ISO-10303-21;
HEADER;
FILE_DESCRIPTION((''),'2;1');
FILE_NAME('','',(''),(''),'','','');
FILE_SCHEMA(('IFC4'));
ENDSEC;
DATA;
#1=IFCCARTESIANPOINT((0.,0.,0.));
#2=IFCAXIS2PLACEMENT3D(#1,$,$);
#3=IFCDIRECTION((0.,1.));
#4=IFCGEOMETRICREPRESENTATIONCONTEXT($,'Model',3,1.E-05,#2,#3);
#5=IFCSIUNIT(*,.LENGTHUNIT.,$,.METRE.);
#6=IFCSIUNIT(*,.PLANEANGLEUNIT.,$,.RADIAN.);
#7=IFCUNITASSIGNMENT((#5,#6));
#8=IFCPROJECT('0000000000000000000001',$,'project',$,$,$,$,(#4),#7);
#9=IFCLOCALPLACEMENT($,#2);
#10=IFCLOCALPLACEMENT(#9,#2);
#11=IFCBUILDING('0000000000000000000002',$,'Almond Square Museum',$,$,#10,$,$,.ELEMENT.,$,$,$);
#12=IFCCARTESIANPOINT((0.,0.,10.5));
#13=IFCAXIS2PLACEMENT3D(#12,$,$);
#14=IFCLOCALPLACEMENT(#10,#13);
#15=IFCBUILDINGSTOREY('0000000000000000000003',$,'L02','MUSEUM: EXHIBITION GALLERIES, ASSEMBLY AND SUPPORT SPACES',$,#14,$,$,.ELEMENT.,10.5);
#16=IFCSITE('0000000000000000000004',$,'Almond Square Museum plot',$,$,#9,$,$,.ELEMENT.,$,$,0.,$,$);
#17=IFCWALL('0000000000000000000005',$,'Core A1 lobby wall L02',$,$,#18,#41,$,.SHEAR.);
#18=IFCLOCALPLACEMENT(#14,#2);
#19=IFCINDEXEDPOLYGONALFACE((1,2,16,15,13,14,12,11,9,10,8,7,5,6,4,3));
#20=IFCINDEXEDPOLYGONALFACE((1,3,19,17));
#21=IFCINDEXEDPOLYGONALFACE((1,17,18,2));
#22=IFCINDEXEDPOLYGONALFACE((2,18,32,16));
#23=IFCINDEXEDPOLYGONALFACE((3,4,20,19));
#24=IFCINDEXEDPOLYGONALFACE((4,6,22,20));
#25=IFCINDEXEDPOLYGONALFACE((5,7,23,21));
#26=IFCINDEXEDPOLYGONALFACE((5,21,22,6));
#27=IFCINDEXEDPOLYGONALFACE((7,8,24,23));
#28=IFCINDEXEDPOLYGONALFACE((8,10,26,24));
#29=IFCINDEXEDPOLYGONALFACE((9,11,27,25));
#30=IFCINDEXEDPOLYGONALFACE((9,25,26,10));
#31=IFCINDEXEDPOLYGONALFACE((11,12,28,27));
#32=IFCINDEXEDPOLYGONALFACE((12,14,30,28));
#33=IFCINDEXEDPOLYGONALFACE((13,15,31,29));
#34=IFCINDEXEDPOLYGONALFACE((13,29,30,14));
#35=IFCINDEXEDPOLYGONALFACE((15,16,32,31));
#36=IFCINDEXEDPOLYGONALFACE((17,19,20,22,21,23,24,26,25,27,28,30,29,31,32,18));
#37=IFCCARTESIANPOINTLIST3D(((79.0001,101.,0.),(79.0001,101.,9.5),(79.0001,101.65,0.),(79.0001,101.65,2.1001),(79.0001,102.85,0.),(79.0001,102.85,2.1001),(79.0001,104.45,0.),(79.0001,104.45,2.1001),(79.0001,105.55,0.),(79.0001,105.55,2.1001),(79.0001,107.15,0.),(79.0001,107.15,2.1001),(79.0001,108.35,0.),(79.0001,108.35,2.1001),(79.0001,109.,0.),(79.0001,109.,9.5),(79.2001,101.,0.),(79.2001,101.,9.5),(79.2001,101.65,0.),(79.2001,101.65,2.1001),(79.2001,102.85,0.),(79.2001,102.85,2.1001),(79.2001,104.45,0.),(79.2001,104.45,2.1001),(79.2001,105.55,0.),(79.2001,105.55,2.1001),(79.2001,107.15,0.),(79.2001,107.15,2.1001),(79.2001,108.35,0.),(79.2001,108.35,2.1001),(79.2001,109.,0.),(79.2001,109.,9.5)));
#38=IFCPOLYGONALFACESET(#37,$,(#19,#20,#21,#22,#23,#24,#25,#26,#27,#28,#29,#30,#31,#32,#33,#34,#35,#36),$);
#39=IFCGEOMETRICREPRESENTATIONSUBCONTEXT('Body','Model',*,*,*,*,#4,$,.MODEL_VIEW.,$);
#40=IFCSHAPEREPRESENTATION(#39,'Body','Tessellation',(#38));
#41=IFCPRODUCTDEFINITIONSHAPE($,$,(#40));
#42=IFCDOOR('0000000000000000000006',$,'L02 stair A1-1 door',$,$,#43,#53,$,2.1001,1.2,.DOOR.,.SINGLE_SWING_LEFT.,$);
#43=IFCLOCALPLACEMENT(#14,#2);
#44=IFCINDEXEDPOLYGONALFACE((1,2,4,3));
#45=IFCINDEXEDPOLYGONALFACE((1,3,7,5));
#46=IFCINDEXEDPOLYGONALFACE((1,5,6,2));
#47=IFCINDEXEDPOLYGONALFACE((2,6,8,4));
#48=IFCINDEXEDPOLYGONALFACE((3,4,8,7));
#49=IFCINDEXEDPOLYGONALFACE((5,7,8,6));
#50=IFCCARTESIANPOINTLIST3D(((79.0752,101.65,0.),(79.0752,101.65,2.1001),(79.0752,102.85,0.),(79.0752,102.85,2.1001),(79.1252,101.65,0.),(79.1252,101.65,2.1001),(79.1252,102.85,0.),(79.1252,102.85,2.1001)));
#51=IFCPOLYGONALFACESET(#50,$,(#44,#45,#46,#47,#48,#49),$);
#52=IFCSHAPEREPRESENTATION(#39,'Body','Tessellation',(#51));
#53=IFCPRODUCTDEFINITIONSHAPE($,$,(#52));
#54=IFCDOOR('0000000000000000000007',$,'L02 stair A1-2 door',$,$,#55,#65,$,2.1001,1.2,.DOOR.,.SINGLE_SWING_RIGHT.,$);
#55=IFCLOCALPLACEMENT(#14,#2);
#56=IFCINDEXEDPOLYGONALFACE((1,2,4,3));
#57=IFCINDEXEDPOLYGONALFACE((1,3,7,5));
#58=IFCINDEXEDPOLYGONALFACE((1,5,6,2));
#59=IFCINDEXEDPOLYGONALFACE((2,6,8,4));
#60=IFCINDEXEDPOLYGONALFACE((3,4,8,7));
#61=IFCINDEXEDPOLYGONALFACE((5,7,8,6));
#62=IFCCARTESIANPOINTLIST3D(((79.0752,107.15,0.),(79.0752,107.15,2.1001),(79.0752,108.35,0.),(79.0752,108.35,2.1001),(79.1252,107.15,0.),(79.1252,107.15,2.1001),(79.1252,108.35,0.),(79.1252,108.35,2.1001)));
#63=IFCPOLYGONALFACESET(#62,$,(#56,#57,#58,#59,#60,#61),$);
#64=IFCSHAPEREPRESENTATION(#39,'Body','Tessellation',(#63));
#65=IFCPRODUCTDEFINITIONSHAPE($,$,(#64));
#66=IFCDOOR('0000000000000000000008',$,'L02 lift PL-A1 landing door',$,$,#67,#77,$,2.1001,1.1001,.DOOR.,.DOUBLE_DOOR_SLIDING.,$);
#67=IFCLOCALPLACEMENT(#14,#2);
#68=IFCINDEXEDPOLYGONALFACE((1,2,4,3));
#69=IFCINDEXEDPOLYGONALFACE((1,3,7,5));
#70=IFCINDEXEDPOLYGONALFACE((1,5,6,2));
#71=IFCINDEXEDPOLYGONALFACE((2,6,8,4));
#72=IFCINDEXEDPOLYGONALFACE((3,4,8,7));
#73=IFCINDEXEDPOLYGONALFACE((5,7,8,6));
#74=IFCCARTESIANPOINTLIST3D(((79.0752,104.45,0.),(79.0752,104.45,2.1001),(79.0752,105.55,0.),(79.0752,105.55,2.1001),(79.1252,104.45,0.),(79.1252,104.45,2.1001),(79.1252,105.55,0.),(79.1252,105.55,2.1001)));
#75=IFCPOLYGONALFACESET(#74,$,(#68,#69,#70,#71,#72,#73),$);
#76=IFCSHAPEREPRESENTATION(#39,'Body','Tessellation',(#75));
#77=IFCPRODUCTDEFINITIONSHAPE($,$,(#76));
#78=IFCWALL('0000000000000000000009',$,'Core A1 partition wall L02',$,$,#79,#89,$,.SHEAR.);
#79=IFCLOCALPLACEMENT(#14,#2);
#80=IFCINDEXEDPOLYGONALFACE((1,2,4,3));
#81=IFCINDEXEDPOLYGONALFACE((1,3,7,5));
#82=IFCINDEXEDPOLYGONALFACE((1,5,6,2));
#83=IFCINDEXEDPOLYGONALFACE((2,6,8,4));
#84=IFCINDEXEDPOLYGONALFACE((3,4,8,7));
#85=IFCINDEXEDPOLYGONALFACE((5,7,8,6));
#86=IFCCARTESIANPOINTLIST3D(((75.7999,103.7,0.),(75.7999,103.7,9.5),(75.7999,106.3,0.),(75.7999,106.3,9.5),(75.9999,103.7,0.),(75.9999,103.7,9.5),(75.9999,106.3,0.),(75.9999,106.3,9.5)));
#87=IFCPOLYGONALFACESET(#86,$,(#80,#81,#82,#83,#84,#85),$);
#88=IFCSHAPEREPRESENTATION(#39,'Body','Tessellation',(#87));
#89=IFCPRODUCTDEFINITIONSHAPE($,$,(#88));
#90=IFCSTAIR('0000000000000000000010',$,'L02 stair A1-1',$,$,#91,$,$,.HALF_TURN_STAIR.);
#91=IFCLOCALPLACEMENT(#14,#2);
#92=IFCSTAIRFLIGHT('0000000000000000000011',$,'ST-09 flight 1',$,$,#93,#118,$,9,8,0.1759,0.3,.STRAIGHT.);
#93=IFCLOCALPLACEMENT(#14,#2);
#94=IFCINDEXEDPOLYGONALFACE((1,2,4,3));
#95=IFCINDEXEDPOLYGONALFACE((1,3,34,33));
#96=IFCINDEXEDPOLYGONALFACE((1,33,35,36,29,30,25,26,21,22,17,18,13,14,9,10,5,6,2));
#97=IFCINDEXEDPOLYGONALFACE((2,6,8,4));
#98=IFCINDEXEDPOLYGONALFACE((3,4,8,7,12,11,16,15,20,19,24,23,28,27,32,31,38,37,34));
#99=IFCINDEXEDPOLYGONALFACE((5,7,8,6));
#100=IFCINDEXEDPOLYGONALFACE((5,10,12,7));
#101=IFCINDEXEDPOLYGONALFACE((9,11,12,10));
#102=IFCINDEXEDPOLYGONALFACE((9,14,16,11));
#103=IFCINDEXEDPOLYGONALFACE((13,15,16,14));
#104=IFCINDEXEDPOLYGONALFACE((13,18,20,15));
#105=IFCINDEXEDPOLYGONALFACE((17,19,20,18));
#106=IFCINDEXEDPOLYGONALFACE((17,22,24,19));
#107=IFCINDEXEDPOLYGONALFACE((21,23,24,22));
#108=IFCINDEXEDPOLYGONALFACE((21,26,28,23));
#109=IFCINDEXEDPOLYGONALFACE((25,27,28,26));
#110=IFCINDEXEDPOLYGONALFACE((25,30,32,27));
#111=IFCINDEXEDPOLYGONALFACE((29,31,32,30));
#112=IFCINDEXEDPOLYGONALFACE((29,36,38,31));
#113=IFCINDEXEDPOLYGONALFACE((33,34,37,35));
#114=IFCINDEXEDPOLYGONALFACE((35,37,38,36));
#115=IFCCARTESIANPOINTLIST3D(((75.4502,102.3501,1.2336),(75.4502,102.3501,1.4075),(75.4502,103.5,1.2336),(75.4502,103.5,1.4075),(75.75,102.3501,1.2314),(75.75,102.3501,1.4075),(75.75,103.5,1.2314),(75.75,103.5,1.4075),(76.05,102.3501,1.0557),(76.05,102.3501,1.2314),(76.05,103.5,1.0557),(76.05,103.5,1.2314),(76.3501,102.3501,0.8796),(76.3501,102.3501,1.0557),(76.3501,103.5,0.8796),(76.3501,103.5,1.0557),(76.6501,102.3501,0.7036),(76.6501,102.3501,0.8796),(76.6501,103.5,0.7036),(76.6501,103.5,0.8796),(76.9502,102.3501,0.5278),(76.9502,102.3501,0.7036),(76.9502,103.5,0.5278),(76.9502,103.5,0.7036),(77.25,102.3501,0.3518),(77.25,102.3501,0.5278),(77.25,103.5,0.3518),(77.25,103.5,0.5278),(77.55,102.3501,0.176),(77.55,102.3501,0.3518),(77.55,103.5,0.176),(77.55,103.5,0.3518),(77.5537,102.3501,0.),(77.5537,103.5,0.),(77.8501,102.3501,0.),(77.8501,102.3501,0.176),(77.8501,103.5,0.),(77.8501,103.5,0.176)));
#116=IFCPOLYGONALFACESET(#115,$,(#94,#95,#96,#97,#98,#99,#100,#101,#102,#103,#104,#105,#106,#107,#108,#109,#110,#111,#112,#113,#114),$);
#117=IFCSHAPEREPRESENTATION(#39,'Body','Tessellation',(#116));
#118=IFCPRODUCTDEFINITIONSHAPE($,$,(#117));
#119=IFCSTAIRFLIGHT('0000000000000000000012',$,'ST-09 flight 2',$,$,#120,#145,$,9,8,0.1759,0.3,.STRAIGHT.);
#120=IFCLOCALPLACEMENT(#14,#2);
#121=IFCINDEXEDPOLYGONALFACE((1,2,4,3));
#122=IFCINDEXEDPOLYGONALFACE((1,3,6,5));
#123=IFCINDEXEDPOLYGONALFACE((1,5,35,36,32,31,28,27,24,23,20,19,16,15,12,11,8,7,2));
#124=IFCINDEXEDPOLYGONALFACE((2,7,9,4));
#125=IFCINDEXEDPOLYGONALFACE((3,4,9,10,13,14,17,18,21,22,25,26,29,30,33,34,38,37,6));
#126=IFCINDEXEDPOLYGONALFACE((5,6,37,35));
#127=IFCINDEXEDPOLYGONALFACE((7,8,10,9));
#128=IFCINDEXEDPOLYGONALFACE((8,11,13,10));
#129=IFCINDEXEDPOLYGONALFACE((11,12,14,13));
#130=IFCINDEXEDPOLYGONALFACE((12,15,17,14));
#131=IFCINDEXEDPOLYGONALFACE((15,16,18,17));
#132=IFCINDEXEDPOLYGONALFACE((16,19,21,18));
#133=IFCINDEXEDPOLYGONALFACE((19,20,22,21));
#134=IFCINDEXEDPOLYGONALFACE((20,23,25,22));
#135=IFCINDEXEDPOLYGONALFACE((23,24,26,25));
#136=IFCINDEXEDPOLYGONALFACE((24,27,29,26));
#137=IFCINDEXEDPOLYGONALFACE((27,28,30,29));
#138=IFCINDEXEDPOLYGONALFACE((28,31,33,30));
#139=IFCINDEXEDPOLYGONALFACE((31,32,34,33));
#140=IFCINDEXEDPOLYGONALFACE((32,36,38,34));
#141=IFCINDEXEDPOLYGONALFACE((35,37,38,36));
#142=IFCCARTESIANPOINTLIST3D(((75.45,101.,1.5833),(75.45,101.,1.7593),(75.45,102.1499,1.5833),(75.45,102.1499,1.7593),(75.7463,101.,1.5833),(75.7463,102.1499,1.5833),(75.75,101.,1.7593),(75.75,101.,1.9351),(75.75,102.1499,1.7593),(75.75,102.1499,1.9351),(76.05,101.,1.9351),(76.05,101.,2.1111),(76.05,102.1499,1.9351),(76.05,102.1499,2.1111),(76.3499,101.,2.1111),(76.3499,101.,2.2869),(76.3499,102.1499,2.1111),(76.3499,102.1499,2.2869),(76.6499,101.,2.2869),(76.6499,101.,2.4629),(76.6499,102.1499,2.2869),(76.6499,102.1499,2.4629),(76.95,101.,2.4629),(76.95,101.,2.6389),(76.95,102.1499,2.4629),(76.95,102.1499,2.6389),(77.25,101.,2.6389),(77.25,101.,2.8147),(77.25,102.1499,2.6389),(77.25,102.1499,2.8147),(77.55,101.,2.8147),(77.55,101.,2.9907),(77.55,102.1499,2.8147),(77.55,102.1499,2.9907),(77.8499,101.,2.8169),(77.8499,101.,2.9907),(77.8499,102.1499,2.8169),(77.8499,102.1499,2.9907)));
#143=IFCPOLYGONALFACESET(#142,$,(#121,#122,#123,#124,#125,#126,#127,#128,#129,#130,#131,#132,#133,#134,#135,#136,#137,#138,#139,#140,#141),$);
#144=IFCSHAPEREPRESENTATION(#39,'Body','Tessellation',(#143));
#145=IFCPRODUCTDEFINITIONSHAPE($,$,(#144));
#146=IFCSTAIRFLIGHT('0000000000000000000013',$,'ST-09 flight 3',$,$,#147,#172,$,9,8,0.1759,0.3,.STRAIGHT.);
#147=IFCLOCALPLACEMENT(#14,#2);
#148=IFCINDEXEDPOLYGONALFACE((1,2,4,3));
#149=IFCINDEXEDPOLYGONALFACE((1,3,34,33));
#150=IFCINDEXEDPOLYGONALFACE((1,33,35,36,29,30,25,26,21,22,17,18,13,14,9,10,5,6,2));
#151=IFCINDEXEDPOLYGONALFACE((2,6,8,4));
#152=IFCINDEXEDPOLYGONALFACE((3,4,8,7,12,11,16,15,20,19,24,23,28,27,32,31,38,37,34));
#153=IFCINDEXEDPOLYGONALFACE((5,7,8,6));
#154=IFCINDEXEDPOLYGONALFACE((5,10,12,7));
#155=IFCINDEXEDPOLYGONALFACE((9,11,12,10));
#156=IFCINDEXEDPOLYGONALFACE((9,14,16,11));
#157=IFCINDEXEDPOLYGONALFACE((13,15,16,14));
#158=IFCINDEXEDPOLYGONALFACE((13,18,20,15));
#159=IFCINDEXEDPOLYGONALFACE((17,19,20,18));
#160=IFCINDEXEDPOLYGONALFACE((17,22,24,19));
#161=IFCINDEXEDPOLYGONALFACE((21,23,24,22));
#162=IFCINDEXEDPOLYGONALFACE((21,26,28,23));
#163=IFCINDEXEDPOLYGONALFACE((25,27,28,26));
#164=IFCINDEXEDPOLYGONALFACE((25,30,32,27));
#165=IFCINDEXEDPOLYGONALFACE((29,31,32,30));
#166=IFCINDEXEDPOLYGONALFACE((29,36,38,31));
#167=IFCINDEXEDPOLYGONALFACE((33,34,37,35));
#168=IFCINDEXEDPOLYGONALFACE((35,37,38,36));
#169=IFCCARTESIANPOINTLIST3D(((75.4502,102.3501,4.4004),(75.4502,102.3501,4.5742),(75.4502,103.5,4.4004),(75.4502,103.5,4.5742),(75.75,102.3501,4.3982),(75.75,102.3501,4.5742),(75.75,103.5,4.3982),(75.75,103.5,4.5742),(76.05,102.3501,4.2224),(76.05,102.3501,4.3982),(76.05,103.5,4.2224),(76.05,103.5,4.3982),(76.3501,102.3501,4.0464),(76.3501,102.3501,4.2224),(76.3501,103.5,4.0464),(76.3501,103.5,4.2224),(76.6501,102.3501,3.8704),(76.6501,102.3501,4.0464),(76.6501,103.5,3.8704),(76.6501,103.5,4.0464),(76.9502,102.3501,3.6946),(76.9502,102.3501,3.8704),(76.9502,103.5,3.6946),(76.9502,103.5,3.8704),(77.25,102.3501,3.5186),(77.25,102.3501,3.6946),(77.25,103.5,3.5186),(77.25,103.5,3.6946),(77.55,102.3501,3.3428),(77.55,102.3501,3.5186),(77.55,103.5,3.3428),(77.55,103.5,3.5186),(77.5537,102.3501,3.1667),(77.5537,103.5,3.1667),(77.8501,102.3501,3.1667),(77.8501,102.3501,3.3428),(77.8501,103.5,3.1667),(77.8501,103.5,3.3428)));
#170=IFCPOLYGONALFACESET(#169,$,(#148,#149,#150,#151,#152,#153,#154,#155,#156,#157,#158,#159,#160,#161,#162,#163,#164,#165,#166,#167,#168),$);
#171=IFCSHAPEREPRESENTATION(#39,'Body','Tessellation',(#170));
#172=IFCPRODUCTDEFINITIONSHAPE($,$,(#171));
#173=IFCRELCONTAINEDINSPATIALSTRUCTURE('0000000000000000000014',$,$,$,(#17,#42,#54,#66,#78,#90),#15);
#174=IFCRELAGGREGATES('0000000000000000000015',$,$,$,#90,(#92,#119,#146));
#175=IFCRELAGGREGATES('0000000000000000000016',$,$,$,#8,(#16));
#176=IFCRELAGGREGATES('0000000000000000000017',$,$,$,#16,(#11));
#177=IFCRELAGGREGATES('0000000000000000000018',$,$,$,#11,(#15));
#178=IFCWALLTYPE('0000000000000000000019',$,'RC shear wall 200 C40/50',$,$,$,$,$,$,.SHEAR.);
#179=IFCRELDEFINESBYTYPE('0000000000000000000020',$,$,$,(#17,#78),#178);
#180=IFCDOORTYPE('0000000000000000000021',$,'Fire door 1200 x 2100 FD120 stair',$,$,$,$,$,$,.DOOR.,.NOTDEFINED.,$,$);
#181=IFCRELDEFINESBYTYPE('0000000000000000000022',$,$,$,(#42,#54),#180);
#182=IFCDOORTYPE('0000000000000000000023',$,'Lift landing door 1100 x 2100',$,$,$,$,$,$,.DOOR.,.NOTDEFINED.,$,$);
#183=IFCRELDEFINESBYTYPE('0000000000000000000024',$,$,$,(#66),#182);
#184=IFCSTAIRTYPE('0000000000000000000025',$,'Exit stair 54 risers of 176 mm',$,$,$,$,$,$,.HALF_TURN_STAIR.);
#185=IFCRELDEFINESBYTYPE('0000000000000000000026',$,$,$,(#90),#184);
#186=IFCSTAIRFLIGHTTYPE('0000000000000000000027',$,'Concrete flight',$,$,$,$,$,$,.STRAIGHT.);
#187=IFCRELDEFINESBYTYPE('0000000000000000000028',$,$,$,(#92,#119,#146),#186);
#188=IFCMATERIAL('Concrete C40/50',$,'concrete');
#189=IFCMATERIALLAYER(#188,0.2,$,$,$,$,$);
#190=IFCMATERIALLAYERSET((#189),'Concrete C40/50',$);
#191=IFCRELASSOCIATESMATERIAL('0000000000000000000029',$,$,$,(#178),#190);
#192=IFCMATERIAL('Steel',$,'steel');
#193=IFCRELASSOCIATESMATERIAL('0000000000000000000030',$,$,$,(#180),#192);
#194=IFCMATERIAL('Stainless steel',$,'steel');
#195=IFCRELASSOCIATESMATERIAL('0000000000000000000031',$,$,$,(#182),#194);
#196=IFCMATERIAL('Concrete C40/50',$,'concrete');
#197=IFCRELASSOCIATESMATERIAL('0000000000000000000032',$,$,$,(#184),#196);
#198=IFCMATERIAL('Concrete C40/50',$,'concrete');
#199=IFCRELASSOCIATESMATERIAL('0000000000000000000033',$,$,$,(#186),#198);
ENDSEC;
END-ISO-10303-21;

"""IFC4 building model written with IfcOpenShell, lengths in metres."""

from ifc_helpers import new_model, si_unit, direction, frame, frame_2d, origin, place, context, subcontext, project, spatial, polyline, rectangle, outline, extrude, material, layer, layer_set, type_object, element, fill, aggregate, save


model = new_model("IFC4")

# Units and contexts
model_context = context("Model", 3, precision=1e-05, world=origin(), true_north=direction((0.0, 1.0)))
body_context = subcontext(model_context, "Body", "Model", "MODEL_VIEW")
ifc_project = project(units=[si_unit("LENGTHUNIT", "METRE"), si_unit("PLANEANGLEUNIT", "RADIAN")], contexts=[model_context])

# Site, building, storey
site_placement = place(None, origin())
site = spatial("IfcSite", under=ifc_project, at=site_placement, Name="Almond Square Museum plot", CompositionType="ELEMENT", RefElevation=0.0)
building_placement = place(site_placement, origin())
building = spatial("IfcBuilding", under=site, at=building_placement, Name="Almond Square Museum", CompositionType="ELEMENT")
storey_placement = place(building_placement, frame((0.0, 0.0, 10.5)))
storey = spatial("IfcBuildingStorey", under=building, at=storey_placement, Name="L02", Description="MUSEUM: EXHIBITION GALLERIES, ASSEMBLY AND SUPPORT SPACES", CompositionType="ELEMENT", Elevation=10.5)

# Shared definitions
ifc_material_1 = material(Name="Concrete C40/50", Category="concrete")
ifc_layer_1 = layer(ifc_material_1, 0.2)
ifc_layer_set_1 = layer_set([ifc_layer_1], Name="Concrete C40/50")
wall_type = type_object("IfcWallType", Name="RC shear wall 200 C40/50", PredefinedType="SHEAR", material=ifc_layer_set_1)

# Wall, openings, doors
wall_1_placement = place(storey_placement, frame((79.1001, 101.0, 0.0), z_axis=(0.0, 0.0, 1.0), x_axis=(0.0, 1.0, 0.0)))
wall_1 = element("IfcWall", 1, at=wall_1_placement, inside=storey, type_object=wall_type, Name="Core A1 lobby wall L02", PredefinedType="SHEAR", context=body_context, shape_type="SweptSolid", body=[
    extrude(rectangle(XDim=8.0, YDim=0.2, at=frame_2d((4.0, 0.0))), origin(), (0.0, 0.0, 1.0), 9.5),
])
opening_1_placement = place(wall_1_placement, frame((0.6499, 0.0, 0.0)))
opening_1 = element("IfcOpeningElement", 2, at=opening_1_placement, cuts=wall_1, PredefinedType="OPENING", context=body_context, shape_type="SweptSolid", body=[
    extrude(rectangle(XDim=1.2, YDim=2.1001, at=frame_2d((0.6001, 1.05))), frame((0.0, 0.1099, 0.0), z_axis=(0.0, -1.0, 0.0), x_axis=(1.0, 0.0, 0.0)), (0.0, 0.0, 1.0), 0.22),
])
opening_2_placement = place(wall_1_placement, frame((6.1499, 0.0, 0.0)))
opening_2 = element("IfcOpeningElement", 3, at=opening_2_placement, cuts=wall_1, PredefinedType="OPENING", context=body_context, shape_type="SweptSolid", body=[
    extrude(rectangle(XDim=1.2, YDim=2.1001, at=frame_2d((0.6001, 1.05))), frame((0.0, 0.1099, 0.0), z_axis=(0.0, -1.0, 0.0), x_axis=(1.0, 0.0, 0.0)), (0.0, 0.0, 1.0), 0.22),
])
opening_3_placement = place(wall_1_placement, frame((3.45, 0.0, 0.0)))
opening_3 = element("IfcOpeningElement", 4, at=opening_3_placement, cuts=wall_1, PredefinedType="OPENING", context=body_context, shape_type="SweptSolid", body=[
    extrude(rectangle(XDim=1.1001, YDim=2.1001, at=frame_2d((0.55, 1.05))), frame((0.0, 0.1099, 0.0), z_axis=(0.0, -1.0, 0.0), x_axis=(1.0, 0.0, 0.0)), (0.0, 0.0, 1.0), 0.22),
])
ifc_material_2 = material(Name="Steel", Category="steel")
door_type_1 = type_object("IfcDoorType", Name="Fire door 1200 x 2100 FD120 stair", OperationType="NOTDEFINED", PredefinedType="DOOR", material=ifc_material_2)
door_1_placement = place(opening_1_placement, origin())
door_1 = element("IfcDoor", 5, at=door_1_placement, inside=storey, type_object=door_type_1, Name="L02 stair A1-1 door", OperationType="SINGLE_SWING_LEFT", OverallHeight=2.1001, OverallWidth=1.2, PredefinedType="DOOR", context=body_context, shape_type="SweptSolid", body=[
    extrude(rectangle(XDim=1.2, YDim=2.1001, at=frame_2d((0.6001, 1.05))), frame((0.0, 0.0249, 0.0), z_axis=(0.0, -1.0, 0.0), x_axis=(1.0, 0.0, 0.0)), (0.0, 0.0, 1.0), 0.05),
])
fill(opening_1, door_1)
door_2_placement = place(opening_2_placement, origin())
door_2 = element("IfcDoor", 6, at=door_2_placement, inside=storey, type_object=door_type_1, Name="L02 stair A1-2 door", OperationType="SINGLE_SWING_RIGHT", OverallHeight=2.1001, OverallWidth=1.2, PredefinedType="DOOR", context=body_context, shape_type="SweptSolid", body=[
    extrude(rectangle(XDim=1.2, YDim=2.1001, at=frame_2d((0.6001, 1.05))), frame((0.0, 0.0249, 0.0), z_axis=(0.0, -1.0, 0.0), x_axis=(1.0, 0.0, 0.0)), (0.0, 0.0, 1.0), 0.05),
])
fill(opening_2, door_2)
ifc_material_3 = material(Name="Stainless steel", Category="steel")
door_type_2 = type_object("IfcDoorType", Name="Lift landing door 1100 x 2100", OperationType="NOTDEFINED", PredefinedType="DOOR", material=ifc_material_3)
door_3_placement = place(opening_3_placement, origin())
door_3 = element("IfcDoor", 7, at=door_3_placement, inside=storey, type_object=door_type_2, Name="L02 lift PL-A1 landing door", OperationType="DOUBLE_DOOR_SLIDING", OverallHeight=2.1001, OverallWidth=1.1001, PredefinedType="DOOR", context=body_context, shape_type="SweptSolid", body=[
    extrude(rectangle(XDim=1.1001, YDim=2.1001, at=frame_2d((0.55, 1.05))), frame((0.0, 0.0249, 0.0), z_axis=(0.0, -1.0, 0.0), x_axis=(1.0, 0.0, 0.0)), (0.0, 0.0, 1.0), 0.05),
])
fill(opening_3, door_3)

# Wall
wall_2_placement = place(storey_placement, frame((75.8999, 103.7, 0.0), z_axis=(0.0, 0.0, 1.0), x_axis=(0.0, 1.0, 0.0)))
element("IfcWall", 8, at=wall_2_placement, inside=storey, type_object=wall_type, Name="Core A1 partition wall L02", PredefinedType="SHEAR", context=body_context, shape_type="SweptSolid", body=[
    extrude(rectangle(XDim=2.6001, YDim=0.2, at=frame_2d((1.3, 0.0))), origin(), (0.0, 0.0, 1.0), 9.5),
])

# Stair, stair flights
ifc_material_4 = material(Name="Concrete C40/50", Category="concrete")
stair_type = type_object("IfcStairType", Name="Exit stair 54 risers of 176 mm", PredefinedType="HALF_TURN_STAIR", material=ifc_material_4)
stair_1_placement = place(storey_placement, origin())
stair_1 = element("IfcStair", 9, at=stair_1_placement, inside=storey, type_object=stair_type, Name="L02 stair A1-1", PredefinedType="HALF_TURN_STAIR")
ifc_material_5 = material(Name="Concrete C40/50", Category="concrete")
stair_flight_type = type_object("IfcStairFlightType", Name="Concrete flight", PredefinedType="STRAIGHT", material=ifc_material_5)
stair_flight_1_placement = place(storey_placement, frame((77.8501, 102.925, 0.0), z_axis=(0.0, 0.0, 1.0), x_axis=(-1.0, 0.0, 0.0)))
stair_flight_1 = element("IfcStairFlight", 10, at=stair_flight_1_placement, type_object=stair_flight_type, Name="ST-09 flight 1", NumberOfRisers=9, NumberOfTreads=8, PredefinedType="STRAIGHT", RiserHeight=0.1759, TreadLength=0.3, context=body_context, shape_type="SweptSolid", body=[
    extrude(outline(polyline([(0.0, 0.0), (0.0, 0.176), (0.3, 0.176), (0.3, 0.3518), (0.6001, 0.3518), (0.6001, 0.5278), (0.8999, 0.5278), (0.8999, 0.7036), (1.2, 0.7036), (1.2, 0.8796), (1.5, 0.8796), (1.5, 1.0557), (1.8, 1.0557), (1.8, 1.2314), (2.1001, 1.2314), (2.1001, 1.4075), (2.3999, 1.4075), (2.3999, 1.5833), (2.3999, 1.2336), (0.2964, 0.0), (0.0, 0.0)])), frame((0.0, 0.575, 0.0), z_axis=(0.0, -1.0, 0.0), x_axis=(1.0, 0.0, 0.0)), (0.0, 0.0, 1.0), 1.1499),
])
stair_flight_2_placement = place(storey_placement, frame((75.45, 101.575, 1.5833), z_axis=(0.0, 0.0, 1.0), x_axis=(1.0, 0.0, 0.0)))
stair_flight_2 = element("IfcStairFlight", 11, at=stair_flight_2_placement, type_object=stair_flight_type, Name="ST-09 flight 2", NumberOfRisers=9, NumberOfTreads=8, PredefinedType="STRAIGHT", RiserHeight=0.1759, TreadLength=0.3, context=body_context, shape_type="SweptSolid", body=[
    extrude(outline(polyline([(0.0, 0.0), (0.0, 0.176), (0.3, 0.176), (0.3, 0.3518), (0.6001, 0.3518), (0.6001, 0.5278), (0.8999, 0.5278), (0.8999, 0.7036), (1.2, 0.7036), (1.2, 0.8796), (1.5, 0.8796), (1.5, 1.0557), (1.8, 1.0557), (1.8, 1.2314), (2.1001, 1.2314), (2.1001, 1.4075), (2.3999, 1.4075), (2.3999, 1.5833), (2.3999, 1.2336), (0.2964, 0.0), (0.0, 0.0)])), frame((0.0, 0.575, 0.0), z_axis=(0.0, -1.0, 0.0), x_axis=(1.0, 0.0, 0.0)), (0.0, 0.0, 1.0), 1.1499),
])
stair_flight_3_placement = place(storey_placement, frame((77.8501, 102.925, 3.1667), z_axis=(0.0, 0.0, 1.0), x_axis=(-1.0, 0.0, 0.0)))
stair_flight_3 = element("IfcStairFlight", 12, at=stair_flight_3_placement, type_object=stair_flight_type, Name="ST-09 flight 3", NumberOfRisers=9, NumberOfTreads=8, PredefinedType="STRAIGHT", RiserHeight=0.1759, TreadLength=0.3, context=body_context, shape_type="SweptSolid", body=[
    extrude(outline(polyline([(0.0, 0.0), (0.0, 0.176), (0.3, 0.176), (0.3, 0.3518), (0.6001, 0.3518), (0.6001, 0.5278), (0.8999, 0.5278), (0.8999, 0.7036), (1.2, 0.7036), (1.2, 0.8796), (1.5, 0.8796), (1.5, 1.0557), (1.8, 1.0557), (1.8, 1.2314), (2.1001, 1.2314), (2.1001, 1.4075), (2.3999, 1.4075), (2.3999, 1.5833), (2.3999, 1.2336), (0.2964, 0.0), (0.0, 0.0)])), frame((0.0, 0.575, 0.0), z_axis=(0.0, -1.0, 0.0), x_axis=(1.0, 0.0, 0.0)), (0.0, 0.0, 1.0), 1.1499),
])
aggregate(stair_1, [stair_flight_1, stair_flight_2, stair_flight_3])

save(model, "model.ifc")
